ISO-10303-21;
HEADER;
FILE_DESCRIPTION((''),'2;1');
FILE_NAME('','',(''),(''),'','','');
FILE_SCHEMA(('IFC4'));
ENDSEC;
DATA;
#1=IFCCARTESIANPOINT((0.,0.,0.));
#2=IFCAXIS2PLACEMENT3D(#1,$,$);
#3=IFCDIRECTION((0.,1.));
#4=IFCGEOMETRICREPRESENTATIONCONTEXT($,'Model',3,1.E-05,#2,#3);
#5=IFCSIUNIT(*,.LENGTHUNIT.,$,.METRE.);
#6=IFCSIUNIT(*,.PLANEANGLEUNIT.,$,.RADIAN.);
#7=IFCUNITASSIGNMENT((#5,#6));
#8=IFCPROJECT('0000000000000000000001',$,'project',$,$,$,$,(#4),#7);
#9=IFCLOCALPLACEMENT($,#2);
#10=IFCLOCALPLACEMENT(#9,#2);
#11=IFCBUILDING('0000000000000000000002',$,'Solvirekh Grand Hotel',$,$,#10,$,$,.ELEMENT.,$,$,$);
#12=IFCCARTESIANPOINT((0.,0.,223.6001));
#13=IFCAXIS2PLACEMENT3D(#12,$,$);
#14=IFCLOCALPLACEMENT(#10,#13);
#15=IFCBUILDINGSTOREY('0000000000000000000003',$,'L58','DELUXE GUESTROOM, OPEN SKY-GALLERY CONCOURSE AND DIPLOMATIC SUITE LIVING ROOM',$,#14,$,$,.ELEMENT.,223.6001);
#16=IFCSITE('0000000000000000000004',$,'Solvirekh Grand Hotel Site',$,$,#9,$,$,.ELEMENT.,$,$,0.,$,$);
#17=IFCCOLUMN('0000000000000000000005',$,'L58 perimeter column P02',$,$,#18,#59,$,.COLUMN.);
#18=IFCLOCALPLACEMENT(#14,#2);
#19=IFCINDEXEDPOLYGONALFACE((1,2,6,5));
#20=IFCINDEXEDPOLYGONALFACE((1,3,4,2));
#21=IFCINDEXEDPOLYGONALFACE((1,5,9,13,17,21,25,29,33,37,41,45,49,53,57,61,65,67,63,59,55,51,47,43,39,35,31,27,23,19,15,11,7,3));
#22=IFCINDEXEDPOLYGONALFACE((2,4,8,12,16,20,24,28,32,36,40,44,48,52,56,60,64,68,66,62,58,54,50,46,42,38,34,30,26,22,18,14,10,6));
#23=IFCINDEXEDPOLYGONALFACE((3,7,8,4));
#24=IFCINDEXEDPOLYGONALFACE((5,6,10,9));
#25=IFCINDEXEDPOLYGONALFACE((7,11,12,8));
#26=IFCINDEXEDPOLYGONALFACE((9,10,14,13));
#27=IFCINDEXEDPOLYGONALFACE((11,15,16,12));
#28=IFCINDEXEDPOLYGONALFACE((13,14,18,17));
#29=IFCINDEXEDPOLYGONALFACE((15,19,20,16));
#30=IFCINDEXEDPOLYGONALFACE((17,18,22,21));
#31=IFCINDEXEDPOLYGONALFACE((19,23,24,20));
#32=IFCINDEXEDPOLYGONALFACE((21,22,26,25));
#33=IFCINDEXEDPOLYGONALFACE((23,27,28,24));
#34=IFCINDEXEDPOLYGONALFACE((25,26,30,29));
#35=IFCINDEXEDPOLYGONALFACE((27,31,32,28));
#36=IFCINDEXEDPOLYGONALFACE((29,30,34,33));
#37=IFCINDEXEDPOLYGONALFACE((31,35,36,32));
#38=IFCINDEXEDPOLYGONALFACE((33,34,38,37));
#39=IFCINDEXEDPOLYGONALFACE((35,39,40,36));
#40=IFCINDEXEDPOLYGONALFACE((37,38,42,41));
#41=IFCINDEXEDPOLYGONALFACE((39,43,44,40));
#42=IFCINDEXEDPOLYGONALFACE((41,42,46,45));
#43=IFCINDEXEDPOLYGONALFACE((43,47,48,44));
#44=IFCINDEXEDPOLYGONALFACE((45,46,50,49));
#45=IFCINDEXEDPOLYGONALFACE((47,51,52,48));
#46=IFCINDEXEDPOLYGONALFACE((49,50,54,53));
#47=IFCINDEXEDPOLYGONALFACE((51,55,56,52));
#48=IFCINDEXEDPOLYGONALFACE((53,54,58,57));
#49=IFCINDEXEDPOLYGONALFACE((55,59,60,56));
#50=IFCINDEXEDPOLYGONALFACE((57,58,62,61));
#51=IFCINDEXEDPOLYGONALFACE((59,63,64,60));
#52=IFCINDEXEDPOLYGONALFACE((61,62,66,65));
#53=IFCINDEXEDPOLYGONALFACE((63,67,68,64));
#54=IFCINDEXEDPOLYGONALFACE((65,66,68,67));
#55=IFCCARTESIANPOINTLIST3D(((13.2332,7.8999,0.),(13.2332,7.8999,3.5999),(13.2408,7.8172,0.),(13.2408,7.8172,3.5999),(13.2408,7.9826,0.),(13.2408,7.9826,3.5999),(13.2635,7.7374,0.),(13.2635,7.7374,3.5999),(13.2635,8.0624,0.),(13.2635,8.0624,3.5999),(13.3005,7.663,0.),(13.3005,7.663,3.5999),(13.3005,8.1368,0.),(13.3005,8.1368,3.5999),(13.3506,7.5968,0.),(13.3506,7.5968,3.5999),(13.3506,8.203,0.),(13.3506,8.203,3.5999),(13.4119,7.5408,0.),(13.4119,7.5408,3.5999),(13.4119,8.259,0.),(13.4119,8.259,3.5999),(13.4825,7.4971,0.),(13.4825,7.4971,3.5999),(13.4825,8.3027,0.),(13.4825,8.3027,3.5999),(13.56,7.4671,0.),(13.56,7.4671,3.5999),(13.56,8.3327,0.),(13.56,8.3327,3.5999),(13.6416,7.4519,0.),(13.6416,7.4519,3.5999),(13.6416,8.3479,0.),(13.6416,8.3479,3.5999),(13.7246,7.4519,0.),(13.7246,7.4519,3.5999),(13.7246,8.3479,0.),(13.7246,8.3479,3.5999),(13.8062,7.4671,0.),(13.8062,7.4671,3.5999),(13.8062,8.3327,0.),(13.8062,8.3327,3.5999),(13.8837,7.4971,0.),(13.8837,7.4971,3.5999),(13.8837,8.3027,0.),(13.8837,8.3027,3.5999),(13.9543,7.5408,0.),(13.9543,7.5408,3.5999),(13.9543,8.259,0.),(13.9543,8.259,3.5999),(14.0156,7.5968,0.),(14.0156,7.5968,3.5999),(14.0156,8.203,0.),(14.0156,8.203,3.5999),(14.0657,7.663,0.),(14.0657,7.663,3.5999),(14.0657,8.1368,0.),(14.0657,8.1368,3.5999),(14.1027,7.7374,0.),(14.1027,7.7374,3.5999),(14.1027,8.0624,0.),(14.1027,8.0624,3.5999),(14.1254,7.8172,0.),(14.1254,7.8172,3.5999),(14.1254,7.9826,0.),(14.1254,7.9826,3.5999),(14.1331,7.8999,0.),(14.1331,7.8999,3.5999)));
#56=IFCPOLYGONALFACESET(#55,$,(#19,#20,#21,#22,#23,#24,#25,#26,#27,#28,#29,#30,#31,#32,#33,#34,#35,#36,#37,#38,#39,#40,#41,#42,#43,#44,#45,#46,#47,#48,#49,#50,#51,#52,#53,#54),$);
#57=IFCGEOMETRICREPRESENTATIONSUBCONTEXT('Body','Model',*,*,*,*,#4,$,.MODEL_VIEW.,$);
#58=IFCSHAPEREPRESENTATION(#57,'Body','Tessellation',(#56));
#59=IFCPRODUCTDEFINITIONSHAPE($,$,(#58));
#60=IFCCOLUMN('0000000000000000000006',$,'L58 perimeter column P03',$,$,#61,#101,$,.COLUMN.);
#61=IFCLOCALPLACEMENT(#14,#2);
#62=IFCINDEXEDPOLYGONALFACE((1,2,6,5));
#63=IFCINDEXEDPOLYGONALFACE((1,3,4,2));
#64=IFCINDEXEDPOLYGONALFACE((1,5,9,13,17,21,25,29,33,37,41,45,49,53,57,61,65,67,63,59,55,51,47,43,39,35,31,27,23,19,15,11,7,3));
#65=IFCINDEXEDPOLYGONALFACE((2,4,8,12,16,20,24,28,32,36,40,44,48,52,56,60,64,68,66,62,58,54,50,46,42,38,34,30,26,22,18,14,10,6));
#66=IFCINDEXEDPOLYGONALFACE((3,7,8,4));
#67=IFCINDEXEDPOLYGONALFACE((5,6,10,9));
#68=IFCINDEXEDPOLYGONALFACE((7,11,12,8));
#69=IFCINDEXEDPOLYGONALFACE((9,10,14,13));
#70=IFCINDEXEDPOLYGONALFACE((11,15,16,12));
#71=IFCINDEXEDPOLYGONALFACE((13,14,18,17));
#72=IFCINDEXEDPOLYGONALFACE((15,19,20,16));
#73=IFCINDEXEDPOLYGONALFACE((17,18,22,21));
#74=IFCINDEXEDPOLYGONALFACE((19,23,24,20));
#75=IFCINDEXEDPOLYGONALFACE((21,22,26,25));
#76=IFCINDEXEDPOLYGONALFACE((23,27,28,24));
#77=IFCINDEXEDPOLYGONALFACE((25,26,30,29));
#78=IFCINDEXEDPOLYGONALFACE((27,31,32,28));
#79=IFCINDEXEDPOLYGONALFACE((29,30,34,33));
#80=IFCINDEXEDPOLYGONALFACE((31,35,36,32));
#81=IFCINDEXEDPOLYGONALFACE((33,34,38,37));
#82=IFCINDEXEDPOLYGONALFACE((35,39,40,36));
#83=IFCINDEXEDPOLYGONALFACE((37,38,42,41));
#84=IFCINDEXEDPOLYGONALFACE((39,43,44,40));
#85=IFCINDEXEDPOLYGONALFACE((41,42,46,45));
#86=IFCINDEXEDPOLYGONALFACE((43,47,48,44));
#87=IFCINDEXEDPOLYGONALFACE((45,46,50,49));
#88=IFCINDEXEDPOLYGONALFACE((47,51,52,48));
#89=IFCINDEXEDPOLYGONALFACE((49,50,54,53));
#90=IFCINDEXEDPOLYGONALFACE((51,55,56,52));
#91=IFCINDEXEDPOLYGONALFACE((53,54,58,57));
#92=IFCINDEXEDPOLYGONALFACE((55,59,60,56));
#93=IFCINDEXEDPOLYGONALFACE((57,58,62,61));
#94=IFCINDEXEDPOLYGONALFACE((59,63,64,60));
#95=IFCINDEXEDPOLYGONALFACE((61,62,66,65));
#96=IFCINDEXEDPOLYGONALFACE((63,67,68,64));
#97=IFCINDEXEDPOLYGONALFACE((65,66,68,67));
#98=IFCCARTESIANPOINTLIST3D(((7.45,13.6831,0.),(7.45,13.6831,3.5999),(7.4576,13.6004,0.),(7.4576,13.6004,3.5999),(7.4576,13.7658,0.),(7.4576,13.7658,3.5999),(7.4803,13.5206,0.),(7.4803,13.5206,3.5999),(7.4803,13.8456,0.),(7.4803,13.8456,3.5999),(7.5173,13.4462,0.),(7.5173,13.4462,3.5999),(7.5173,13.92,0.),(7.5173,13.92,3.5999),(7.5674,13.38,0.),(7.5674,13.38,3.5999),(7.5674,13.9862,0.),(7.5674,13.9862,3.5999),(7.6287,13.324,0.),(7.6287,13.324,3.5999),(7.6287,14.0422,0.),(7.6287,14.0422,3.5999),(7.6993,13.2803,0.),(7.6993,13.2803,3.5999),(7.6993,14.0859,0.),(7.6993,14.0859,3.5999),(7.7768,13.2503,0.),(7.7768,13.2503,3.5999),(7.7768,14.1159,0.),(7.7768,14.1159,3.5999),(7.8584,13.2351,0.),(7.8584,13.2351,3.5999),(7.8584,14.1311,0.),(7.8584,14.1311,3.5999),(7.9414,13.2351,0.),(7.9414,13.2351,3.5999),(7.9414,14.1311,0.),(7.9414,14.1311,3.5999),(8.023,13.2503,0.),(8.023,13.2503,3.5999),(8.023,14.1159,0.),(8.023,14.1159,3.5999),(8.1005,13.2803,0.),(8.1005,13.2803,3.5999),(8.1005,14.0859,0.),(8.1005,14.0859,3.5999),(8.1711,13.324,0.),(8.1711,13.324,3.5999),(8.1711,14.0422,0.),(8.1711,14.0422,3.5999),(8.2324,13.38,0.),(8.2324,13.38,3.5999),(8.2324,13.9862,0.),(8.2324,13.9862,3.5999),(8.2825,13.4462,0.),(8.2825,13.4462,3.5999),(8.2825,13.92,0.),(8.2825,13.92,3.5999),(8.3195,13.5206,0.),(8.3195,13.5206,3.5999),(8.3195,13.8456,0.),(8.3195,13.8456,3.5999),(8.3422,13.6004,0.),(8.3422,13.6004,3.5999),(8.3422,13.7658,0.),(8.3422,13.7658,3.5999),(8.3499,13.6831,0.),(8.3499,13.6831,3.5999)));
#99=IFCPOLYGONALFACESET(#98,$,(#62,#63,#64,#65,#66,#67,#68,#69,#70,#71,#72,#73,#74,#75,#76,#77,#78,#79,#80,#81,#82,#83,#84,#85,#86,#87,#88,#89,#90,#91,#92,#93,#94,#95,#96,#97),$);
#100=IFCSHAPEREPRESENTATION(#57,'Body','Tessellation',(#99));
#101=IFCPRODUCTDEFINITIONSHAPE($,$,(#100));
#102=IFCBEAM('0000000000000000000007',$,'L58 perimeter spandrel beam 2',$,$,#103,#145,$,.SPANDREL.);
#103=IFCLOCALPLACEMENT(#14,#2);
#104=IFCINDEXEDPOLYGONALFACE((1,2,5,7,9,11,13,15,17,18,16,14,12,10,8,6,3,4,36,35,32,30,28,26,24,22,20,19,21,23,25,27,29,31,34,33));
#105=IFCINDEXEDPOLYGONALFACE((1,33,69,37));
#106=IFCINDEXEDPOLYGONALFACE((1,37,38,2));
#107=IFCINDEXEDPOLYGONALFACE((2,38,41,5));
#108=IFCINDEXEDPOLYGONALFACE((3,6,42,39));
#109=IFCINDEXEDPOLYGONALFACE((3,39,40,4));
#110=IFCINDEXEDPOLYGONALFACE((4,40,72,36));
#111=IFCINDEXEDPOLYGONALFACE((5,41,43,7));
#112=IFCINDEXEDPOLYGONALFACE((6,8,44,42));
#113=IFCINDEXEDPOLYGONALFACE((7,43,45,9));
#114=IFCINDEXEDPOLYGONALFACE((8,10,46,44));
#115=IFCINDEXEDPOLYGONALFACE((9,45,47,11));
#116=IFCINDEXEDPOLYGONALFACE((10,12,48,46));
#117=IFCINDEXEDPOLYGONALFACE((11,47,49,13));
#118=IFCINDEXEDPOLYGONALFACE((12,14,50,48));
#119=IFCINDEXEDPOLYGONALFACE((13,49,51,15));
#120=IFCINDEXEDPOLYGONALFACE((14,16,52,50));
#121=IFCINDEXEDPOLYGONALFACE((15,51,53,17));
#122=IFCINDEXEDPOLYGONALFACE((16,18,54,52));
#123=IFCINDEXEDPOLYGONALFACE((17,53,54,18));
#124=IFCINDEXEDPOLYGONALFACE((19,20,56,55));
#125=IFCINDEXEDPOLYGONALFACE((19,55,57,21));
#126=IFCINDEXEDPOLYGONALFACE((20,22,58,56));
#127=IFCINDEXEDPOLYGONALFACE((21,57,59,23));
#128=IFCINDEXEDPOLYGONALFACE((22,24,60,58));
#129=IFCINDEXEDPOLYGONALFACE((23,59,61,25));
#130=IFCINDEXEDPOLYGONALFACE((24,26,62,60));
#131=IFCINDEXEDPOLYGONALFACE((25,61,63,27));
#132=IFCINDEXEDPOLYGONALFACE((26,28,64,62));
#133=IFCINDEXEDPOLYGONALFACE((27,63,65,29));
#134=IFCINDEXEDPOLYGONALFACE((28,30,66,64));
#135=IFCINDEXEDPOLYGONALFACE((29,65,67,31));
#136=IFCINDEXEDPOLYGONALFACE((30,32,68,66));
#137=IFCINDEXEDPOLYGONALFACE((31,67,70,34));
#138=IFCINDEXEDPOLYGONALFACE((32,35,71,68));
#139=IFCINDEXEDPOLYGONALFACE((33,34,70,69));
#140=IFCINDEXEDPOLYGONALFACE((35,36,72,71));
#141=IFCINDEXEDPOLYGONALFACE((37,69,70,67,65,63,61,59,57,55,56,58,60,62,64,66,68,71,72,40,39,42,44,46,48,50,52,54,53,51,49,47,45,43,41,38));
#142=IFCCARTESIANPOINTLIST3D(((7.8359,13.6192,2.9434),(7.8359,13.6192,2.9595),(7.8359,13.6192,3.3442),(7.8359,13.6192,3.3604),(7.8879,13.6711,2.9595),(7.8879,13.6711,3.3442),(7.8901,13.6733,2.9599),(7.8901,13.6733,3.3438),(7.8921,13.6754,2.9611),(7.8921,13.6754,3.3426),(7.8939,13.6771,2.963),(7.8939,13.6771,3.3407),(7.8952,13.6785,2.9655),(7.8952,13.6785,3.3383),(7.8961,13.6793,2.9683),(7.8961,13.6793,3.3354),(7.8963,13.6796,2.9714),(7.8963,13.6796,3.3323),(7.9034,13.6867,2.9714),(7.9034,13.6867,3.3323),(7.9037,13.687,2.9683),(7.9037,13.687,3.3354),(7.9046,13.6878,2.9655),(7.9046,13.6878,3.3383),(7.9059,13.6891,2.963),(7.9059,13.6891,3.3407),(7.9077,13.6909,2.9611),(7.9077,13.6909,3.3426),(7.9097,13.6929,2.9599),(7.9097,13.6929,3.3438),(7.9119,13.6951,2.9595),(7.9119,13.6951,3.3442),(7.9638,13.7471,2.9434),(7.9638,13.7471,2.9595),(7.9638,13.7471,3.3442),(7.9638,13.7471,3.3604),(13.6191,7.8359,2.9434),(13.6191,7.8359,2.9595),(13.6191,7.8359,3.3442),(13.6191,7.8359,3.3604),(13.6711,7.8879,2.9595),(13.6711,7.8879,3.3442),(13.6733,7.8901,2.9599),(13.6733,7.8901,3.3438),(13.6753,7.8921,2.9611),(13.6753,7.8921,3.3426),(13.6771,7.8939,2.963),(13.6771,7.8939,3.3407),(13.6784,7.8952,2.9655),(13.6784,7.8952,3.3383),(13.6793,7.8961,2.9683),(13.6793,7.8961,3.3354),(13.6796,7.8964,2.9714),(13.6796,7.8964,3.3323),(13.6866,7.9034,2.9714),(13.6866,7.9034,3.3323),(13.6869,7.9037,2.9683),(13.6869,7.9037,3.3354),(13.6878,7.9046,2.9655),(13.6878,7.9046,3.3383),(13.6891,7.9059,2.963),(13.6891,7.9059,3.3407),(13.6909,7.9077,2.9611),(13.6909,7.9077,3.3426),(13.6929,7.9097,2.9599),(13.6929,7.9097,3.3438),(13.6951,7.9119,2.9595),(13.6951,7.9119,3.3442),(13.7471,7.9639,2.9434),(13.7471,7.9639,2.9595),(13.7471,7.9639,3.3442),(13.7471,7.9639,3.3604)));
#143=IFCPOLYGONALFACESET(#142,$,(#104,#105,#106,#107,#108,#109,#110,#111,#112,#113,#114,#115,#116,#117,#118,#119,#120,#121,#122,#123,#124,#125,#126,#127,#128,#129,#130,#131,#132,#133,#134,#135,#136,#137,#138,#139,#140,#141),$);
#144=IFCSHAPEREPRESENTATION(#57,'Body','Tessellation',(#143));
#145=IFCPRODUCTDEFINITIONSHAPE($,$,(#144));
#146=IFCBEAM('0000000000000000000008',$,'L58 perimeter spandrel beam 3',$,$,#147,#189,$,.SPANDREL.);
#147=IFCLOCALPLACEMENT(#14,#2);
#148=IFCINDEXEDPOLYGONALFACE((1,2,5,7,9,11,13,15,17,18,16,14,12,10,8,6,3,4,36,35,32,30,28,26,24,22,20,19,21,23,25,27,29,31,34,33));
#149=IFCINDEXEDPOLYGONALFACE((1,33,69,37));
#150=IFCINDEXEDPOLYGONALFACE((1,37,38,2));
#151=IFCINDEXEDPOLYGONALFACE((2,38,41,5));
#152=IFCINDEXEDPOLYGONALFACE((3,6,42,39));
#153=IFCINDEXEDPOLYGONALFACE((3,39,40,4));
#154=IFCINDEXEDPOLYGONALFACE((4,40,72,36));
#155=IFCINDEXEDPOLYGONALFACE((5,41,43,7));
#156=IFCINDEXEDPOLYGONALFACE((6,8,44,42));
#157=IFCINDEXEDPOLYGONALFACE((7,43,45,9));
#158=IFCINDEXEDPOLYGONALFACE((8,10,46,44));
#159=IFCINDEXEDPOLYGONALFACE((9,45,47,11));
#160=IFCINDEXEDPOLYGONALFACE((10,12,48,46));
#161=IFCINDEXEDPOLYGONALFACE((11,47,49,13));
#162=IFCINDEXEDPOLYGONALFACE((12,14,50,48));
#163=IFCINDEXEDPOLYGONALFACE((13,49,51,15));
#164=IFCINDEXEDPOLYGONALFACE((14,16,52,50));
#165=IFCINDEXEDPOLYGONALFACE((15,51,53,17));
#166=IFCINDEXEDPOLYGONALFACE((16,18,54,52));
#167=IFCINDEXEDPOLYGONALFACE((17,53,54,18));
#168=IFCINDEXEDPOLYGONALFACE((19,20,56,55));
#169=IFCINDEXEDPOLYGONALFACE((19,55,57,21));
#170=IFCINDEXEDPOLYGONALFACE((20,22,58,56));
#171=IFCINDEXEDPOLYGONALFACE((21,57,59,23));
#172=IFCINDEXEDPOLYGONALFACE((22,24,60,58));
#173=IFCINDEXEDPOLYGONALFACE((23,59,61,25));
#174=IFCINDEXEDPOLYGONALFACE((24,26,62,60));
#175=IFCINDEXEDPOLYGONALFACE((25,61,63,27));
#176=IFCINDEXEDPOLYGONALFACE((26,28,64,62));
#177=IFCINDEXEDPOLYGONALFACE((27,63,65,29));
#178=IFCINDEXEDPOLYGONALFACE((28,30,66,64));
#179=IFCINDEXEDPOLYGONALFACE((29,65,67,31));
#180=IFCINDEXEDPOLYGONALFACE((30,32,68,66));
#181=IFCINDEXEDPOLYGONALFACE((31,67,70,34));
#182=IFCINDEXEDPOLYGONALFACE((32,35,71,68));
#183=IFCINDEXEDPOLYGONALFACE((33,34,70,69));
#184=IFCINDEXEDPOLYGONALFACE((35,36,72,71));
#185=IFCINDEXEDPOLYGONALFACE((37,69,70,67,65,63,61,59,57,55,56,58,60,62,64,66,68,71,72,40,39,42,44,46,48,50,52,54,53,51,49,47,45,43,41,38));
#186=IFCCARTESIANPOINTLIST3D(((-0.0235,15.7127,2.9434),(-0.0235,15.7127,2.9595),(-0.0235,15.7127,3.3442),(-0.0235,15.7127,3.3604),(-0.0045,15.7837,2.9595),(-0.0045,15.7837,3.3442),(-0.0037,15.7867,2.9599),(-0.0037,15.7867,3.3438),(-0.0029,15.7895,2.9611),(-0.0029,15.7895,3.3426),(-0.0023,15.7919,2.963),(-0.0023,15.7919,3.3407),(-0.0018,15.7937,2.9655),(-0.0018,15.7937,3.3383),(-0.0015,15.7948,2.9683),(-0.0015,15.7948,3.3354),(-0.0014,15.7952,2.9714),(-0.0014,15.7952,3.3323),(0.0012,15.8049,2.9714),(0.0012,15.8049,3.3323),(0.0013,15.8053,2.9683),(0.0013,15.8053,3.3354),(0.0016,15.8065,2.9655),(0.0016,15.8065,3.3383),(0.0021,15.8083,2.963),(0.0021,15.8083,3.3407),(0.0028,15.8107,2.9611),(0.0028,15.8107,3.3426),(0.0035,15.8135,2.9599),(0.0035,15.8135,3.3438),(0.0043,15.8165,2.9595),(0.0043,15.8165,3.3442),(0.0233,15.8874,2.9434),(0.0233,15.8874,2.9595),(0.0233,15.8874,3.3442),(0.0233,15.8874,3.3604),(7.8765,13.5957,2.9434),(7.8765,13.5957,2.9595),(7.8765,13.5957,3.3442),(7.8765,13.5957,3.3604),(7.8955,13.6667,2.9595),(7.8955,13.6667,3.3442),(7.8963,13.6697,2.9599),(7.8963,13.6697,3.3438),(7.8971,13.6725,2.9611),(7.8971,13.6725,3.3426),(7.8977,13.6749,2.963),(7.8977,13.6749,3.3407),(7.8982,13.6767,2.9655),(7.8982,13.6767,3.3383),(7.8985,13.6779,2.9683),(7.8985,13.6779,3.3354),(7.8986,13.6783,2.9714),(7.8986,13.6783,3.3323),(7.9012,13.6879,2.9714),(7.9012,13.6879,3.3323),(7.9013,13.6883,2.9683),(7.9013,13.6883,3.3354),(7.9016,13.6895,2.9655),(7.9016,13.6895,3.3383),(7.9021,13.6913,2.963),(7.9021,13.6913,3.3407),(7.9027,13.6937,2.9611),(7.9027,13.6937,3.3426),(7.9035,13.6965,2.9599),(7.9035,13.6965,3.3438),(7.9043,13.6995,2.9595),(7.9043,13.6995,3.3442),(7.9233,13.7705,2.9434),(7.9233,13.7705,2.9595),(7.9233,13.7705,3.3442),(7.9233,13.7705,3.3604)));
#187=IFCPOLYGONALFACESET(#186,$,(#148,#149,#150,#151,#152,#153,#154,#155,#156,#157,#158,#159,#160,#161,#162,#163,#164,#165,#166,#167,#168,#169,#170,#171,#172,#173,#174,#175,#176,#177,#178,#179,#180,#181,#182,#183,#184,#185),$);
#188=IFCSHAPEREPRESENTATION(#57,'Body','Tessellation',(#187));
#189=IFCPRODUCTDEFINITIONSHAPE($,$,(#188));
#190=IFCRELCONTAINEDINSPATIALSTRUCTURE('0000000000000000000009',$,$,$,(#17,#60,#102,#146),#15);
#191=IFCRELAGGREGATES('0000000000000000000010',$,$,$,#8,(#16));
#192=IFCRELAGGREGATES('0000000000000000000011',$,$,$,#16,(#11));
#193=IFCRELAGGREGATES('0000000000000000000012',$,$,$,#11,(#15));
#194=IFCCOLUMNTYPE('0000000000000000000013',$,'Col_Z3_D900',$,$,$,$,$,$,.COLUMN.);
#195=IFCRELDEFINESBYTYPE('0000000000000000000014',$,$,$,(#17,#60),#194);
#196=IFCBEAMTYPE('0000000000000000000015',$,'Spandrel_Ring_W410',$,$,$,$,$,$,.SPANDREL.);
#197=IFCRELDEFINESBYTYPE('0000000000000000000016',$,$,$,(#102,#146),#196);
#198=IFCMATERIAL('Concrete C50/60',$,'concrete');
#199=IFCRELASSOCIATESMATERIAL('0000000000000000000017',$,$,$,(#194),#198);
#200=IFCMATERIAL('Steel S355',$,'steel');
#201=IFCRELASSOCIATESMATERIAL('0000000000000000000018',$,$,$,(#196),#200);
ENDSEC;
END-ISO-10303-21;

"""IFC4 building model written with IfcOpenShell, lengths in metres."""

from ifc_helpers import new_model, si_unit, direction, frame, origin, origin_2d, place, context, subcontext, project, spatial, circle, i_section, extrude, material, material_profile, profile_set, type_object, element, save


model = new_model("IFC4")

# Units and contexts
model_context = context("Model", 3, precision=1e-05, world=origin(), true_north=direction((0.0, 1.0)))
body_context = subcontext(model_context, "Body", "Model", "MODEL_VIEW")
ifc_project = project(units=[si_unit("LENGTHUNIT", "METRE"), si_unit("PLANEANGLEUNIT", "RADIAN")], contexts=[model_context])

# Site, building, storey
site_placement = place(None, origin())
site = spatial("IfcSite", under=ifc_project, at=site_placement, Name="Solvirekh Grand Hotel Site", CompositionType="ELEMENT", RefElevation=0.0)
building_placement = place(site_placement, origin())
building = spatial("IfcBuilding", under=site, at=building_placement, Name="Solvirekh Grand Hotel", CompositionType="ELEMENT")
storey_placement = place(building_placement, frame((0.0, 0.0, 223.6001)))
storey = spatial("IfcBuildingStorey", under=building, at=storey_placement, Name="L58", Description="DELUXE GUESTROOM, OPEN SKY-GALLERY CONCOURSE AND DIPLOMATIC SUITE LIVING ROOM", CompositionType="ELEMENT", Elevation=223.6001)

# Columns
ifc_material_1 = material(Name="Concrete C50/60", Category="concrete")
ifc_material_profile_1 = material_profile(ifc_material_1, circle(Radius=0.45, at=origin_2d()), Name="RC CIRC D900")
ifc_profile_set_1 = profile_set([ifc_material_profile_1], Name="Concrete C50/60")
column_type = type_object("IfcColumnType", Name="Col_Z3_D900", PredefinedType="COLUMN", material=ifc_profile_set_1)
for number, where, z_axis, x_axis, name in (
    (1, (13.6831, 7.8999, 0.0), (0.0, 0.0, 1.0), (1.0, 0.0, 0.0), "L58 perimeter column P02"),
    (2, (7.8999, 13.6831, 0.0), (0.0, 0.0, 1.0), (1.0, 0.0, 0.0), "L58 perimeter column P03"),
):
    element("IfcColumn", number, at=place(storey_placement, frame(where, z_axis=z_axis, x_axis=x_axis)), inside=storey, type_object=column_type, Name=name, PredefinedType="COLUMN", context=body_context, shape_type="SweptSolid", body=[
        extrude(circle(Radius=0.45, at=origin_2d()), origin(), (0.0, 0.0, 1.0), 3.5999),
    ])

# Beams
ifc_material_2 = material(Name="Steel S355", Category="steel")
ifc_material_profile_2 = material_profile(ifc_material_2, i_section(OverallWidth=0.1809, OverallDepth=0.417, WebThickness=0.01, FlangeThickness=0.0161, FilletRadius=0.012, at=origin_2d()), Name="W410X85")
ifc_profile_set_2 = profile_set([ifc_material_profile_2], Name="Steel S355")
beam_type = type_object("IfcBeamType", Name="Spandrel_Ring_W410", PredefinedType="SPANDREL", material=ifc_profile_set_2)
for number, where, z_axis, x_axis, name in (
    (3, (13.6831, 7.8999, 3.1519), (-0.707107, 0.707107, 0.0), (-0.707107, -0.707107, 0.0), "L58 perimeter spandrel beam 2"),
    (4, (7.8999, 13.6831, 3.1519), (-0.965921, 0.258839, 0.0), (-0.258839, -0.965921, 0.0), "L58 perimeter spandrel beam 3"),
):
    element("IfcBeam", number, at=place(storey_placement, frame(where, z_axis=z_axis, x_axis=x_axis)), inside=storey, type_object=beam_type, Name=name, PredefinedType="SPANDREL", context=body_context, shape_type="SweptSolid", body=[
        extrude(i_section(OverallWidth=0.1809, OverallDepth=0.417, WebThickness=0.01, FlangeThickness=0.0161, FilletRadius=0.012, at=origin_2d()), origin(), (0.0, 0.0, 1.0), 8.1787),
    ])

save(model, "model.ifc")
